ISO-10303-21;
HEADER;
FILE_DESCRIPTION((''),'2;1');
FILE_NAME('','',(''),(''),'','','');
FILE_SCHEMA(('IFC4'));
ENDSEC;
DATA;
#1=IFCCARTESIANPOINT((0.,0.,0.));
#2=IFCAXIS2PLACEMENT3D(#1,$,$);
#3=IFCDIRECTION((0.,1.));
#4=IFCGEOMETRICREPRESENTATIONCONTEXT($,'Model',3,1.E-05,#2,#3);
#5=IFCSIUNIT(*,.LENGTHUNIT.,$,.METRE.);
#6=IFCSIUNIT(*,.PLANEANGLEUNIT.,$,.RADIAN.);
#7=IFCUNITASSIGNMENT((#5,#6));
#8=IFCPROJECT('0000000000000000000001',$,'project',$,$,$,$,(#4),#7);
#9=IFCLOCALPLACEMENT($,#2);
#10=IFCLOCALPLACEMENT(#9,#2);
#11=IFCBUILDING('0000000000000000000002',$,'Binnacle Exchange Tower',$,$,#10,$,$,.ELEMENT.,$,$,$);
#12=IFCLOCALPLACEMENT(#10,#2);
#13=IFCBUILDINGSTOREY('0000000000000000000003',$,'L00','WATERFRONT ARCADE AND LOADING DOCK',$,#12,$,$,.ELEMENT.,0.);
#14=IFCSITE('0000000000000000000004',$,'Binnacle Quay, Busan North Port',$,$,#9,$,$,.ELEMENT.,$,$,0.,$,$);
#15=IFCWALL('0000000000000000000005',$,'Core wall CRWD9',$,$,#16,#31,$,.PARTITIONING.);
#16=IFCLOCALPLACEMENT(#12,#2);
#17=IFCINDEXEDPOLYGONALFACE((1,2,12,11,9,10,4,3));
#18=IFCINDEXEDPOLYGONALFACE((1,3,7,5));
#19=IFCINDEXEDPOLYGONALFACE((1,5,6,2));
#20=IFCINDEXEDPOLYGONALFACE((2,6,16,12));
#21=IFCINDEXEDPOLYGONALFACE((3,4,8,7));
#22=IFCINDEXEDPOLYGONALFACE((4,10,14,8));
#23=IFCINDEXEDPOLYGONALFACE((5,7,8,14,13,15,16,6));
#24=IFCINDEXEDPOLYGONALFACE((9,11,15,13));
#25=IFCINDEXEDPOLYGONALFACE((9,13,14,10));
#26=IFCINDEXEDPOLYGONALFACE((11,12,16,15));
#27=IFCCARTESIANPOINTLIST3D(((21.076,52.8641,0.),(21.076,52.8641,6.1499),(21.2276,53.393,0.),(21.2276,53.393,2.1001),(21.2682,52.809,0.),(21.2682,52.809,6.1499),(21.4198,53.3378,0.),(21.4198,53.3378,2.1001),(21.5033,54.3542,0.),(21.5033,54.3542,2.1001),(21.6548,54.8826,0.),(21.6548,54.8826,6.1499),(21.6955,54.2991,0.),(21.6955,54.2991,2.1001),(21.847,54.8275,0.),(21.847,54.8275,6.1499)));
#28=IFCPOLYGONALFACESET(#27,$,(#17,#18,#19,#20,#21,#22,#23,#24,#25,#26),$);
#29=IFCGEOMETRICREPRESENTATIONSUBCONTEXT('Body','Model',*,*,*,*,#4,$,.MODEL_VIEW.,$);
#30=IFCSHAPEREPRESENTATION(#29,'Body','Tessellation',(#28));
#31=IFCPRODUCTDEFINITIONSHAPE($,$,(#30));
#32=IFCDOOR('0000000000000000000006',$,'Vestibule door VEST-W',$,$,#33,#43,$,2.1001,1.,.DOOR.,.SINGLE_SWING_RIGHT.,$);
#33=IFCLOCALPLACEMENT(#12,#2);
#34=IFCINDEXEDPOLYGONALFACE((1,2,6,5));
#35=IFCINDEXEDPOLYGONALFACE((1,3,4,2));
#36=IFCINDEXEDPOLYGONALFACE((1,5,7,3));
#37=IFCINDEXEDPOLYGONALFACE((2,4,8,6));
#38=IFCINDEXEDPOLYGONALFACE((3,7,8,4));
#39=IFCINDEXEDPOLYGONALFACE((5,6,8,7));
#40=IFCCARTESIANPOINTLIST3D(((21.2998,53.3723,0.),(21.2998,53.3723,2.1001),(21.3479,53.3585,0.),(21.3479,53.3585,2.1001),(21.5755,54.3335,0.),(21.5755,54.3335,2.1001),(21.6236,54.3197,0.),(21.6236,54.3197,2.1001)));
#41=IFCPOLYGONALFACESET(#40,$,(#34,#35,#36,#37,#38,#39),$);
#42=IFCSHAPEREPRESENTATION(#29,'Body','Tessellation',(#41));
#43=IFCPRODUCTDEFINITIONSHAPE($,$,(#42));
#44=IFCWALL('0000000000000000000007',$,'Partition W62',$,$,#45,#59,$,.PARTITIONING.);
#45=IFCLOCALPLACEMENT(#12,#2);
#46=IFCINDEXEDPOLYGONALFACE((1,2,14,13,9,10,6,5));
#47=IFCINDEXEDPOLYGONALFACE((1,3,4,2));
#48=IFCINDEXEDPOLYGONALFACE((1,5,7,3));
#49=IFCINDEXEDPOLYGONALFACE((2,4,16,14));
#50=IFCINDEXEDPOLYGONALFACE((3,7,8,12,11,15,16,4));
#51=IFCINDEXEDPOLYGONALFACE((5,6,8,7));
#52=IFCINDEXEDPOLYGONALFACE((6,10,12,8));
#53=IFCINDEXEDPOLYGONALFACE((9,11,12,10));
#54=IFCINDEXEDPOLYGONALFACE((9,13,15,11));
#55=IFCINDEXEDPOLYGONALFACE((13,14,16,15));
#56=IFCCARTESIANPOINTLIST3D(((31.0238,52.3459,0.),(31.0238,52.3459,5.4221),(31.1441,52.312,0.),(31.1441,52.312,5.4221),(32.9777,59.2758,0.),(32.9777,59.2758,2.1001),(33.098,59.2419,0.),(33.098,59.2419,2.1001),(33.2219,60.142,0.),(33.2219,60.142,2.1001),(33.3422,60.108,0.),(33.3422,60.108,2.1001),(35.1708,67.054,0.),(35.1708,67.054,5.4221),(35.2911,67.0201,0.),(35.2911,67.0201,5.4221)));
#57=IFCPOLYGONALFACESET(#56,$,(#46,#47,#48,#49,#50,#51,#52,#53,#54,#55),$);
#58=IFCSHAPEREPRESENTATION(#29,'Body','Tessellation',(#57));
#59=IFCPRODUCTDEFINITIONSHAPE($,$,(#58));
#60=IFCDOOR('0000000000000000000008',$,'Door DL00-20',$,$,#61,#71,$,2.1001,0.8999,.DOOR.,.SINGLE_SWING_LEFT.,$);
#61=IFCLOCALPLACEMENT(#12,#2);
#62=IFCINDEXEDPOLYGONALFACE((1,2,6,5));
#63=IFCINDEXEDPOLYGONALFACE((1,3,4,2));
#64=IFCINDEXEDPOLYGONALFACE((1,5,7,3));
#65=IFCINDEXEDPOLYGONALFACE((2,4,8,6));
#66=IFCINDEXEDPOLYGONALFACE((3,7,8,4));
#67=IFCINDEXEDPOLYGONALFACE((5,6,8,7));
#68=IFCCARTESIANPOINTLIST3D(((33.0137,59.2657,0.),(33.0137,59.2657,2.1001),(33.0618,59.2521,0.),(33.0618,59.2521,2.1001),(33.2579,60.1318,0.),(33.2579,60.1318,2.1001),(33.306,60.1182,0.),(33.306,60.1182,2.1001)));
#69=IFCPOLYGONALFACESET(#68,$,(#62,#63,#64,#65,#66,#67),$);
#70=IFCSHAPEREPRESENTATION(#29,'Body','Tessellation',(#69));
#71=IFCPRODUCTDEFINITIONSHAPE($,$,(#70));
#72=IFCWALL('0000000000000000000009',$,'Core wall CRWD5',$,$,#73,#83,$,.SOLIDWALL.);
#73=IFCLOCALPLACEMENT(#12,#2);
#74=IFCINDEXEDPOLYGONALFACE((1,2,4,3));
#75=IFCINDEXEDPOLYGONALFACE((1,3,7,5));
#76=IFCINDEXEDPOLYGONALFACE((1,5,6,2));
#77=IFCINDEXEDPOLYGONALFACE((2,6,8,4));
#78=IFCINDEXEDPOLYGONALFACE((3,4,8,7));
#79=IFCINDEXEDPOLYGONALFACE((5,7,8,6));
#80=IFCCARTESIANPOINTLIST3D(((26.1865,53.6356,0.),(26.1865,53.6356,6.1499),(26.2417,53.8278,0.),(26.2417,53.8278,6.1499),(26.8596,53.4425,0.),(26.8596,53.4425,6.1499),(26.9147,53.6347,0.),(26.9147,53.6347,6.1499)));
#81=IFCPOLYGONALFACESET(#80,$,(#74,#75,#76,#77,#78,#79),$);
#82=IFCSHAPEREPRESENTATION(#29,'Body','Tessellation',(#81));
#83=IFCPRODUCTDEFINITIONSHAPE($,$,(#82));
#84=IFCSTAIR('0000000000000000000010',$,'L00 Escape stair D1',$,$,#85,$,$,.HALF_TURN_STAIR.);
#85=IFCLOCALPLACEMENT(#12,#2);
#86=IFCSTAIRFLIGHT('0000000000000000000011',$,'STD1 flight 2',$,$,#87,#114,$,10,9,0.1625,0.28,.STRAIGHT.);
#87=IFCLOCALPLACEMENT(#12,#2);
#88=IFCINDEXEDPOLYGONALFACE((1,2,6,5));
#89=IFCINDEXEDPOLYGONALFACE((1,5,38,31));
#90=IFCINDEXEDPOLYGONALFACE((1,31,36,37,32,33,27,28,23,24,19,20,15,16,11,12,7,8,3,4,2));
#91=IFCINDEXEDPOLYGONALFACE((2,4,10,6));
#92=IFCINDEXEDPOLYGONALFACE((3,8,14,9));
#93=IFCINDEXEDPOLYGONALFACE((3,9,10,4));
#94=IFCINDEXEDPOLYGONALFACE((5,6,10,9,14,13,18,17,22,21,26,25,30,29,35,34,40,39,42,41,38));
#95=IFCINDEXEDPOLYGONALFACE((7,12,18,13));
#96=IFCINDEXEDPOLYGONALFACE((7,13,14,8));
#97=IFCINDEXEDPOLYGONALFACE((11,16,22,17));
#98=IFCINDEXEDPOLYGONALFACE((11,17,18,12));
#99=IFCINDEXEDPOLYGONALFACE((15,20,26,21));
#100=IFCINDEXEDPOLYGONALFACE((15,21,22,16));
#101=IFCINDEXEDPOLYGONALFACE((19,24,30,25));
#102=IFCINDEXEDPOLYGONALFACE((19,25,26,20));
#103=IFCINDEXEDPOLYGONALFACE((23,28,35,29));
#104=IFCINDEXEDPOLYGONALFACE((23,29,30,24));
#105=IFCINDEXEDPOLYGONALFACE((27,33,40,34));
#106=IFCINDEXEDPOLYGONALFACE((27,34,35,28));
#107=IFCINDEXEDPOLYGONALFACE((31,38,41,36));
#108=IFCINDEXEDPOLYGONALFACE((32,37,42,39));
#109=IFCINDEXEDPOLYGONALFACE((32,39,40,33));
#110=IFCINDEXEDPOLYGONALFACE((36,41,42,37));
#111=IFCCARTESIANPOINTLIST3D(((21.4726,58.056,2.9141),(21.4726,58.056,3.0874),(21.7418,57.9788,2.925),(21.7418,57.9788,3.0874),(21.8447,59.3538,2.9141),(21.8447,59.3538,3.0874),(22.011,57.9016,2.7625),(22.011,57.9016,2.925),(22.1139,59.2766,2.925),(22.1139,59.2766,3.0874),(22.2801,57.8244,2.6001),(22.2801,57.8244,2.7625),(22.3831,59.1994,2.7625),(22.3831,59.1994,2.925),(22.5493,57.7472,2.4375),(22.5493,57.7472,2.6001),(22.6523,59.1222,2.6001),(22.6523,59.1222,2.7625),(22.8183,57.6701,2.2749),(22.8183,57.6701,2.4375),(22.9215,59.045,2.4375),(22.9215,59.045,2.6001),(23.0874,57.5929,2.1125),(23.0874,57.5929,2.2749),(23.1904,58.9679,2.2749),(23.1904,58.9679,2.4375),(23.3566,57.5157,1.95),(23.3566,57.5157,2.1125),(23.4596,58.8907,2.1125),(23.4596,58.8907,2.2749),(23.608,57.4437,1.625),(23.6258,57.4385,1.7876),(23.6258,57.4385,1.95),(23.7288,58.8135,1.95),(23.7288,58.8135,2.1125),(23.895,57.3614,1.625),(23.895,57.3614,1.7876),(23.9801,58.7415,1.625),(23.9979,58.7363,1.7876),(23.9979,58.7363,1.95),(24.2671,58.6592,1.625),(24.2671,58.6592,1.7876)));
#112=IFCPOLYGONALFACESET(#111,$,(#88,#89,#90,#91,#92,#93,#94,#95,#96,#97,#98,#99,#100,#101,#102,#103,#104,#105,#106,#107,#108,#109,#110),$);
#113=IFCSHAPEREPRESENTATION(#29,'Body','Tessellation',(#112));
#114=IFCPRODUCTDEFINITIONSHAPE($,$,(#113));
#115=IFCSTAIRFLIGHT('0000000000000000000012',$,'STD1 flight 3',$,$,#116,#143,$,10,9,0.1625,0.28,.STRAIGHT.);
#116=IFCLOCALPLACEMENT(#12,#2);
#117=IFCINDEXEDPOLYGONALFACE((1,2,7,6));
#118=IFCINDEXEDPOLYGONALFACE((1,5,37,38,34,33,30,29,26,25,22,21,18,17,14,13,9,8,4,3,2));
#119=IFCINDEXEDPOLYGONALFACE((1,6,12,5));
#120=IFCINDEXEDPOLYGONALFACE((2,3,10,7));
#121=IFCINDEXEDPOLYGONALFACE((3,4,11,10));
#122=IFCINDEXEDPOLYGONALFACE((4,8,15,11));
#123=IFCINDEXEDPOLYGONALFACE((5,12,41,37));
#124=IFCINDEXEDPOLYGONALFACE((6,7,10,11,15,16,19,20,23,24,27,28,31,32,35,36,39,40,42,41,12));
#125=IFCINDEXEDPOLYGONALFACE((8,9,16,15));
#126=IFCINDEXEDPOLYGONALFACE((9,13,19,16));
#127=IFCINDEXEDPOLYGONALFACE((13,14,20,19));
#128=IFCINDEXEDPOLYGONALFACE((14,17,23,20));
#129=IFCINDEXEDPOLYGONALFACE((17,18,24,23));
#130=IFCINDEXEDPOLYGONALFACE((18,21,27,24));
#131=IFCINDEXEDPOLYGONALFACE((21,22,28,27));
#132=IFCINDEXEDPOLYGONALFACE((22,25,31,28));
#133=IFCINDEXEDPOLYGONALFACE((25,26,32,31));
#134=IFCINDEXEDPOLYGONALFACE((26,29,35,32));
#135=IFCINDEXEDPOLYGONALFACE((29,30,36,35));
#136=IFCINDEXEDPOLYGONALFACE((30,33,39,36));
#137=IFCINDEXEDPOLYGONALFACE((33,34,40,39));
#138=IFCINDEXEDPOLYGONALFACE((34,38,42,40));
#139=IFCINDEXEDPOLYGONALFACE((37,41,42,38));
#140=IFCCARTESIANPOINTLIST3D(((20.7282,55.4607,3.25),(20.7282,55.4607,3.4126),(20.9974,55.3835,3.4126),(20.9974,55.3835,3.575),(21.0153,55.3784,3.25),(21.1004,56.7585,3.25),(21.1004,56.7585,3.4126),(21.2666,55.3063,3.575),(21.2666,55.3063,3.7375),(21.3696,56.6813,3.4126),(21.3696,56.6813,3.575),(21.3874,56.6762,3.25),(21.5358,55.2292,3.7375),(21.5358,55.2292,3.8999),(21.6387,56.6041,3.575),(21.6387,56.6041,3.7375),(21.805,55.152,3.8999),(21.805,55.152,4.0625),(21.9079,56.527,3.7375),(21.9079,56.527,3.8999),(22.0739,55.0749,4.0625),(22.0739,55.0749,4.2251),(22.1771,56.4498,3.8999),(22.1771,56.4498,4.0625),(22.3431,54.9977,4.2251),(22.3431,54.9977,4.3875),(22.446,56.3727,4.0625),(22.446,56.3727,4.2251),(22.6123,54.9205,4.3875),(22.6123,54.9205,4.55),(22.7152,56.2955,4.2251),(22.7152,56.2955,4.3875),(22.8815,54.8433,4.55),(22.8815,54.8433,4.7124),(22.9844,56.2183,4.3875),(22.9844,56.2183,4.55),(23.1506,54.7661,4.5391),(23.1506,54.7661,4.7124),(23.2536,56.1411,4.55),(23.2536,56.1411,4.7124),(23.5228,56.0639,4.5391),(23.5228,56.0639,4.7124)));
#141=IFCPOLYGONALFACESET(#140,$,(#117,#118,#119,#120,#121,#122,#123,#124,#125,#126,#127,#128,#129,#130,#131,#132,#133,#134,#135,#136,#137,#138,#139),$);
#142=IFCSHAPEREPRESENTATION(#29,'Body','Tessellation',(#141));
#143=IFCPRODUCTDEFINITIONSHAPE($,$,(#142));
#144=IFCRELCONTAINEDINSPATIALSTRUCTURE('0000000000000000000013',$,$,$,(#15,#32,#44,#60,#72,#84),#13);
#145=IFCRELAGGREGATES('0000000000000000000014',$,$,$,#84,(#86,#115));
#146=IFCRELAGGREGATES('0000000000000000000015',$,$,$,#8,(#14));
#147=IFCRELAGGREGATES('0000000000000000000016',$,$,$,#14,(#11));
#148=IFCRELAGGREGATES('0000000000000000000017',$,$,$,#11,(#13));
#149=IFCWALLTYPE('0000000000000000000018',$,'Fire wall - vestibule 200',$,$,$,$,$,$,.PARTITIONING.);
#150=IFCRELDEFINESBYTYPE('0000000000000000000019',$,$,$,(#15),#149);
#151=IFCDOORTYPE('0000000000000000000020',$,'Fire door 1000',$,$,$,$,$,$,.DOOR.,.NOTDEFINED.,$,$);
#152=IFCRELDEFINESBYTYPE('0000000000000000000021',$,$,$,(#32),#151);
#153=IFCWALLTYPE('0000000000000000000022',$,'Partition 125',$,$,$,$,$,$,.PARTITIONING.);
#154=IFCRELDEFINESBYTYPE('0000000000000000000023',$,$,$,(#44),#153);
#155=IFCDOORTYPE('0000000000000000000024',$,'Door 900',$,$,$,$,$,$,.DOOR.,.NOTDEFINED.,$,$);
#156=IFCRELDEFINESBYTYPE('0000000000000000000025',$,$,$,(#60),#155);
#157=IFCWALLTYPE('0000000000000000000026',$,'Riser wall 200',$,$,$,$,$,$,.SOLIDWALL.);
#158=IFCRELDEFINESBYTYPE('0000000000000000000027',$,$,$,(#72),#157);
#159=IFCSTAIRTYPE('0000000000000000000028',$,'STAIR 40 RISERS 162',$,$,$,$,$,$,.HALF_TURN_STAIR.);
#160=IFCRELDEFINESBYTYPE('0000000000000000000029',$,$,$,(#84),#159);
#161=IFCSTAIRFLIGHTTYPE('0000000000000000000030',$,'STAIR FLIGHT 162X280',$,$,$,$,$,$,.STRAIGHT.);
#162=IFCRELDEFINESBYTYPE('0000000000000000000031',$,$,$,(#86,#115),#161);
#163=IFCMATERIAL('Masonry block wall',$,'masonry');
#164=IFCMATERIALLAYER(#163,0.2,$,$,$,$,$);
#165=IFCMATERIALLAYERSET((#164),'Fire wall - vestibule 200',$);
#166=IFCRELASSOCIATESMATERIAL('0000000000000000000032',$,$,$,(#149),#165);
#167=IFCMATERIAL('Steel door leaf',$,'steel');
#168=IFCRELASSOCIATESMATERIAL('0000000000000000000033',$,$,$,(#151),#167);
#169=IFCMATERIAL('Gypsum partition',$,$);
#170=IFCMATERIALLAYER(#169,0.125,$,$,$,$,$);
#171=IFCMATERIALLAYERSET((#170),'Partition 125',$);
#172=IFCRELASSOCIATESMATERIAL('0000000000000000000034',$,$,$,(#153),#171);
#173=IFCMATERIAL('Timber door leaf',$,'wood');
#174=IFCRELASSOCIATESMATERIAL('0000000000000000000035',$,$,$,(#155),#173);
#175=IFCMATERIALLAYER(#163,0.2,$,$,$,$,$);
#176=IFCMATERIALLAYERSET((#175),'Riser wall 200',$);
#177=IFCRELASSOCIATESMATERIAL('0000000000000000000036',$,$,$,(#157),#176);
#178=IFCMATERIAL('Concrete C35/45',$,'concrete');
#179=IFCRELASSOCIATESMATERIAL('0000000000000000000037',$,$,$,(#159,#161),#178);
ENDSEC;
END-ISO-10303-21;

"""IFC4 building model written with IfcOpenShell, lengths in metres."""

from ifc_helpers import new_model, si_unit, direction, frame, frame_2d, origin, place, context, subcontext, project, spatial, polyline, rectangle, outline, extrude, material, layer, layer_set, type_object, element, fill, aggregate, save


model = new_model("IFC4")

# Units and contexts
model_context = context("Model", 3, precision=1e-05, world=origin(), true_north=direction((0.0, 1.0)))
body_context = subcontext(model_context, "Body", "Model", "MODEL_VIEW")
ifc_project = project(units=[si_unit("LENGTHUNIT", "METRE"), si_unit("PLANEANGLEUNIT", "RADIAN")], contexts=[model_context])

# Site, building, storey
site_placement = place(None, origin())
site = spatial("IfcSite", under=ifc_project, at=site_placement, Name="Binnacle Quay, Busan North Port", CompositionType="ELEMENT", RefElevation=0.0)
building_placement = place(site_placement, origin())
building = spatial("IfcBuilding", under=site, at=building_placement, Name="Binnacle Exchange Tower", CompositionType="ELEMENT")
storey_placement = place(building_placement, origin())
storey = spatial("IfcBuildingStorey", under=building, at=storey_placement, Name="L00", Description="WATERFRONT ARCADE AND LOADING DOCK", CompositionType="ELEMENT", Elevation=0.0)

# Shared definitions
ifc_material_1 = material(Name="Steel door leaf", Category="steel")

# Shared definitions
ifc_material_2 = material(Name="Masonry block wall", Category="masonry")

# Walls, openings, doors
ifc_layer_1 = layer(ifc_material_2, 0.2)
ifc_layer_set_1 = layer_set([ifc_layer_1], Name="Fire wall - vestibule 200")
wall_type_1 = type_object("IfcWallType", Name="Fire wall - vestibule 200", PredefinedType="PARTITIONING", material=ifc_layer_set_1)
wall_1_placement = place(storey_placement, frame((21.1721, 52.8367, 0.0), z_axis=(0.0, 0.0, 1.0), x_axis=(0.275658, 0.961256, 0.0)))
wall_1 = element("IfcWall", 1, at=wall_1_placement, inside=storey, type_object=wall_type_1, Name="Core wall CRWD9", PredefinedType="PARTITIONING", context=body_context, shape_type="SweptSolid", body=[
    extrude(rectangle(XDim=2.0999, YDim=0.2, at=frame_2d((1.0498, 0.0))), origin(), (0.0, 0.0, 1.0), 6.1499),
])
opening_1_placement = place(wall_1_placement, frame((0.55, 0.0, 0.0)))
opening_1 = element("IfcOpeningElement", 2, at=opening_1_placement, cuts=wall_1, PredefinedType="OPENING", context=body_context, shape_type="SweptSolid", body=[
    extrude(rectangle(XDim=1.0, YDim=2.1001, at=frame_2d((0.5, 1.05))), frame((0.0, 0.1099, 0.0), z_axis=(0.0, -1.0, 0.0), x_axis=(1.0, 0.0, 0.0)), (0.0, 0.0, 1.0), 0.22),
])
door_type_1 = type_object("IfcDoorType", Name="Fire door 1000", OperationType="NOTDEFINED", PredefinedType="DOOR", material=ifc_material_1)
door_1_placement = place(opening_1_placement, origin())
door_1 = element("IfcDoor", 3, at=door_1_placement, inside=storey, type_object=door_type_1, Name="Vestibule door VEST-W", OperationType="SINGLE_SWING_RIGHT", OverallHeight=2.1001, OverallWidth=1.0, PredefinedType="DOOR", context=body_context, shape_type="SweptSolid", body=[
    extrude(rectangle(XDim=1.0, YDim=2.1001, at=frame_2d((0.5, 1.05))), frame((0.0, 0.0249, 0.0), z_axis=(0.0, -1.0, 0.0), x_axis=(1.0, 0.0, 0.0)), (0.0, 0.0, 1.0), 0.05),
])
fill(opening_1, door_1)
ifc_material_3 = material(Name="Gypsum partition")
ifc_layer_2 = layer(ifc_material_3, 0.125)
ifc_layer_set_2 = layer_set([ifc_layer_2], Name="Partition 125")
wall_type_2 = type_object("IfcWallType", Name="Partition 125", PredefinedType="PARTITIONING", material=ifc_layer_set_2)
wall_2_placement = place(storey_placement, frame((31.084, 52.3291, 0.0), z_axis=(0.0, 0.0, 1.0), x_axis=(0.271373, 0.962474, 0.0)))
wall_2 = element("IfcWall", 4, at=wall_2_placement, inside=storey, type_object=wall_type_2, Name="Partition W62", PredefinedType="PARTITIONING", context=body_context, shape_type="SweptSolid", body=[
    extrude(rectangle(XDim=15.2815, YDim=0.125, at=frame_2d((7.6406, 0.0))), origin(), (0.0, 0.0, 1.0), 5.4221),
])
opening_2_placement = place(wall_2_placement, frame((7.2, 0.0, 0.0)))
opening_2 = element("IfcOpeningElement", 5, at=opening_2_placement, cuts=wall_2, PredefinedType="OPENING", context=body_context, shape_type="SweptSolid", body=[
    extrude(rectangle(XDim=0.8999, YDim=2.1001, at=frame_2d((0.45, 1.05))), frame((0.0, 0.0725, 0.0), z_axis=(0.0, -1.0, 0.0), x_axis=(1.0, 0.0, 0.0)), (0.0, 0.0, 1.0), 0.145),
])
ifc_material_4 = material(Name="Timber door leaf", Category="wood")
door_type_2 = type_object("IfcDoorType", Name="Door 900", OperationType="NOTDEFINED", PredefinedType="DOOR", material=ifc_material_4)
door_2_placement = place(opening_2_placement, frame((0.8999, 0.0, 0.0), z_axis=(0.0, 0.0, 1.0), x_axis=(-1.0, 0.0, 0.0)))
door_2 = element("IfcDoor", 6, at=door_2_placement, inside=storey, type_object=door_type_2, Name="Door DL00-20", OperationType="SINGLE_SWING_LEFT", OverallHeight=2.1001, OverallWidth=0.8999, PredefinedType="DOOR", context=body_context, shape_type="SweptSolid", body=[
    extrude(rectangle(XDim=0.8999, YDim=2.1001, at=frame_2d((0.45, 1.05))), frame((0.0, 0.0249, 0.0), z_axis=(0.0, -1.0, 0.0), x_axis=(1.0, 0.0, 0.0)), (0.0, 0.0, 1.0), 0.05),
])
fill(opening_2, door_2)

# Wall
ifc_layer_3 = layer(ifc_material_2, 0.2)
ifc_layer_set_3 = layer_set([ifc_layer_3], Name="Riser wall 200")
wall_type_3 = type_object("IfcWallType", Name="Riser wall 200", PredefinedType="SOLIDWALL", material=ifc_layer_set_3)
wall_3_placement = place(storey_placement, frame((26.2141, 53.7317, 0.0), z_axis=(0.0, 0.0, 1.0), x_axis=(0.961221, -0.27578, 0.0)))
element("IfcWall", 7, at=wall_3_placement, inside=storey, type_object=wall_type_3, Name="Core wall CRWD5", PredefinedType="SOLIDWALL", context=body_context, shape_type="SweptSolid", body=[
    extrude(rectangle(XDim=0.7002, YDim=0.2, at=frame_2d((0.3501, 0.0))), origin(), (0.0, 0.0, 1.0), 6.1499),
])

# Stair, stair flights
ifc_material_5 = material(Name="Concrete C35/45", Category="concrete")
stair_type = type_object("IfcStairType", Name="STAIR 40 RISERS 162", PredefinedType="HALF_TURN_STAIR", material=ifc_material_5)
stair_placement = place(storey_placement, origin())
stair = element("IfcStair", 8, at=stair_placement, inside=storey, type_object=stair_type, Name="L00 Escape stair D1", PredefinedType="HALF_TURN_STAIR")
stair_flight_type = type_object("IfcStairFlightType", Name="STAIR FLIGHT 162X280", PredefinedType="STRAIGHT", material=ifc_material_5)
stair_flight_1_placement = place(storey_placement, frame((24.0811, 58.0103, 1.625), z_axis=(0.0, 0.0, 1.0), x_axis=(-0.961262, 0.275637, 0.0)))
stair_flight_1 = element("IfcStairFlight", 9, at=stair_flight_1_placement, type_object=stair_flight_type, Name="STD1 flight 2", NumberOfRisers=10, NumberOfTreads=9, PredefinedType="STRAIGHT", RiserHeight=0.1625, TreadLength=0.28, context=body_context, shape_type="SweptSolid", body=[
    extrude(outline(polyline([(0.0, 0.0), (0.0, 0.1626), (0.28, 0.1626), (0.28, 0.325), (0.5601, 0.325), (0.5601, 0.4875), (0.8401, 0.4875), (0.8401, 0.6499), (1.1201, 0.6499), (1.1201, 0.8125), (1.3999, 0.8125), (1.3999, 0.9751), (1.6799, 0.9751), (1.6799, 1.1375), (1.96, 1.1375), (1.96, 1.3), (2.24, 1.3), (2.24, 1.4624), (2.52, 1.4624), (2.52, 1.625), (2.52, 1.2891), (0.2986, 0.0), (0.0, 0.0)])), frame((0.0, 0.675, 0.0), z_axis=(0.0, -1.0, 0.0), x_axis=(1.0, 0.0, 0.0)), (0.0, 0.0, 1.0), 1.3501),
])
stair_flight_2_placement = place(storey_placement, frame((20.9143, 56.1096, 3.25), z_axis=(0.0, 0.0, 1.0), x_axis=(0.961262, -0.275637, 0.0)))
stair_flight_2 = element("IfcStairFlight", 10, at=stair_flight_2_placement, type_object=stair_flight_type, Name="STD1 flight 3", NumberOfRisers=10, NumberOfTreads=9, PredefinedType="STRAIGHT", RiserHeight=0.1625, TreadLength=0.28, context=body_context, shape_type="SweptSolid", body=[
    extrude(outline(polyline([(0.0, 0.0), (0.0, 0.1626), (0.28, 0.1626), (0.28, 0.325), (0.5601, 0.325), (0.5601, 0.4875), (0.8401, 0.4875), (0.8401, 0.6499), (1.1201, 0.6499), (1.1201, 0.8125), (1.3999, 0.8125), (1.3999, 0.9751), (1.6799, 0.9751), (1.6799, 1.1375), (1.96, 1.1375), (1.96, 1.3), (2.24, 1.3), (2.24, 1.4624), (2.52, 1.4624), (2.52, 1.625), (2.52, 1.2891), (0.2986, 0.0), (0.0, 0.0)])), frame((0.0, 0.675, 0.0), z_axis=(0.0, -1.0, 0.0), x_axis=(1.0, 0.0, 0.0)), (0.0, 0.0, 1.0), 1.3501),
])
aggregate(stair, [stair_flight_1, stair_flight_2])

save(model, "model.ifc")
